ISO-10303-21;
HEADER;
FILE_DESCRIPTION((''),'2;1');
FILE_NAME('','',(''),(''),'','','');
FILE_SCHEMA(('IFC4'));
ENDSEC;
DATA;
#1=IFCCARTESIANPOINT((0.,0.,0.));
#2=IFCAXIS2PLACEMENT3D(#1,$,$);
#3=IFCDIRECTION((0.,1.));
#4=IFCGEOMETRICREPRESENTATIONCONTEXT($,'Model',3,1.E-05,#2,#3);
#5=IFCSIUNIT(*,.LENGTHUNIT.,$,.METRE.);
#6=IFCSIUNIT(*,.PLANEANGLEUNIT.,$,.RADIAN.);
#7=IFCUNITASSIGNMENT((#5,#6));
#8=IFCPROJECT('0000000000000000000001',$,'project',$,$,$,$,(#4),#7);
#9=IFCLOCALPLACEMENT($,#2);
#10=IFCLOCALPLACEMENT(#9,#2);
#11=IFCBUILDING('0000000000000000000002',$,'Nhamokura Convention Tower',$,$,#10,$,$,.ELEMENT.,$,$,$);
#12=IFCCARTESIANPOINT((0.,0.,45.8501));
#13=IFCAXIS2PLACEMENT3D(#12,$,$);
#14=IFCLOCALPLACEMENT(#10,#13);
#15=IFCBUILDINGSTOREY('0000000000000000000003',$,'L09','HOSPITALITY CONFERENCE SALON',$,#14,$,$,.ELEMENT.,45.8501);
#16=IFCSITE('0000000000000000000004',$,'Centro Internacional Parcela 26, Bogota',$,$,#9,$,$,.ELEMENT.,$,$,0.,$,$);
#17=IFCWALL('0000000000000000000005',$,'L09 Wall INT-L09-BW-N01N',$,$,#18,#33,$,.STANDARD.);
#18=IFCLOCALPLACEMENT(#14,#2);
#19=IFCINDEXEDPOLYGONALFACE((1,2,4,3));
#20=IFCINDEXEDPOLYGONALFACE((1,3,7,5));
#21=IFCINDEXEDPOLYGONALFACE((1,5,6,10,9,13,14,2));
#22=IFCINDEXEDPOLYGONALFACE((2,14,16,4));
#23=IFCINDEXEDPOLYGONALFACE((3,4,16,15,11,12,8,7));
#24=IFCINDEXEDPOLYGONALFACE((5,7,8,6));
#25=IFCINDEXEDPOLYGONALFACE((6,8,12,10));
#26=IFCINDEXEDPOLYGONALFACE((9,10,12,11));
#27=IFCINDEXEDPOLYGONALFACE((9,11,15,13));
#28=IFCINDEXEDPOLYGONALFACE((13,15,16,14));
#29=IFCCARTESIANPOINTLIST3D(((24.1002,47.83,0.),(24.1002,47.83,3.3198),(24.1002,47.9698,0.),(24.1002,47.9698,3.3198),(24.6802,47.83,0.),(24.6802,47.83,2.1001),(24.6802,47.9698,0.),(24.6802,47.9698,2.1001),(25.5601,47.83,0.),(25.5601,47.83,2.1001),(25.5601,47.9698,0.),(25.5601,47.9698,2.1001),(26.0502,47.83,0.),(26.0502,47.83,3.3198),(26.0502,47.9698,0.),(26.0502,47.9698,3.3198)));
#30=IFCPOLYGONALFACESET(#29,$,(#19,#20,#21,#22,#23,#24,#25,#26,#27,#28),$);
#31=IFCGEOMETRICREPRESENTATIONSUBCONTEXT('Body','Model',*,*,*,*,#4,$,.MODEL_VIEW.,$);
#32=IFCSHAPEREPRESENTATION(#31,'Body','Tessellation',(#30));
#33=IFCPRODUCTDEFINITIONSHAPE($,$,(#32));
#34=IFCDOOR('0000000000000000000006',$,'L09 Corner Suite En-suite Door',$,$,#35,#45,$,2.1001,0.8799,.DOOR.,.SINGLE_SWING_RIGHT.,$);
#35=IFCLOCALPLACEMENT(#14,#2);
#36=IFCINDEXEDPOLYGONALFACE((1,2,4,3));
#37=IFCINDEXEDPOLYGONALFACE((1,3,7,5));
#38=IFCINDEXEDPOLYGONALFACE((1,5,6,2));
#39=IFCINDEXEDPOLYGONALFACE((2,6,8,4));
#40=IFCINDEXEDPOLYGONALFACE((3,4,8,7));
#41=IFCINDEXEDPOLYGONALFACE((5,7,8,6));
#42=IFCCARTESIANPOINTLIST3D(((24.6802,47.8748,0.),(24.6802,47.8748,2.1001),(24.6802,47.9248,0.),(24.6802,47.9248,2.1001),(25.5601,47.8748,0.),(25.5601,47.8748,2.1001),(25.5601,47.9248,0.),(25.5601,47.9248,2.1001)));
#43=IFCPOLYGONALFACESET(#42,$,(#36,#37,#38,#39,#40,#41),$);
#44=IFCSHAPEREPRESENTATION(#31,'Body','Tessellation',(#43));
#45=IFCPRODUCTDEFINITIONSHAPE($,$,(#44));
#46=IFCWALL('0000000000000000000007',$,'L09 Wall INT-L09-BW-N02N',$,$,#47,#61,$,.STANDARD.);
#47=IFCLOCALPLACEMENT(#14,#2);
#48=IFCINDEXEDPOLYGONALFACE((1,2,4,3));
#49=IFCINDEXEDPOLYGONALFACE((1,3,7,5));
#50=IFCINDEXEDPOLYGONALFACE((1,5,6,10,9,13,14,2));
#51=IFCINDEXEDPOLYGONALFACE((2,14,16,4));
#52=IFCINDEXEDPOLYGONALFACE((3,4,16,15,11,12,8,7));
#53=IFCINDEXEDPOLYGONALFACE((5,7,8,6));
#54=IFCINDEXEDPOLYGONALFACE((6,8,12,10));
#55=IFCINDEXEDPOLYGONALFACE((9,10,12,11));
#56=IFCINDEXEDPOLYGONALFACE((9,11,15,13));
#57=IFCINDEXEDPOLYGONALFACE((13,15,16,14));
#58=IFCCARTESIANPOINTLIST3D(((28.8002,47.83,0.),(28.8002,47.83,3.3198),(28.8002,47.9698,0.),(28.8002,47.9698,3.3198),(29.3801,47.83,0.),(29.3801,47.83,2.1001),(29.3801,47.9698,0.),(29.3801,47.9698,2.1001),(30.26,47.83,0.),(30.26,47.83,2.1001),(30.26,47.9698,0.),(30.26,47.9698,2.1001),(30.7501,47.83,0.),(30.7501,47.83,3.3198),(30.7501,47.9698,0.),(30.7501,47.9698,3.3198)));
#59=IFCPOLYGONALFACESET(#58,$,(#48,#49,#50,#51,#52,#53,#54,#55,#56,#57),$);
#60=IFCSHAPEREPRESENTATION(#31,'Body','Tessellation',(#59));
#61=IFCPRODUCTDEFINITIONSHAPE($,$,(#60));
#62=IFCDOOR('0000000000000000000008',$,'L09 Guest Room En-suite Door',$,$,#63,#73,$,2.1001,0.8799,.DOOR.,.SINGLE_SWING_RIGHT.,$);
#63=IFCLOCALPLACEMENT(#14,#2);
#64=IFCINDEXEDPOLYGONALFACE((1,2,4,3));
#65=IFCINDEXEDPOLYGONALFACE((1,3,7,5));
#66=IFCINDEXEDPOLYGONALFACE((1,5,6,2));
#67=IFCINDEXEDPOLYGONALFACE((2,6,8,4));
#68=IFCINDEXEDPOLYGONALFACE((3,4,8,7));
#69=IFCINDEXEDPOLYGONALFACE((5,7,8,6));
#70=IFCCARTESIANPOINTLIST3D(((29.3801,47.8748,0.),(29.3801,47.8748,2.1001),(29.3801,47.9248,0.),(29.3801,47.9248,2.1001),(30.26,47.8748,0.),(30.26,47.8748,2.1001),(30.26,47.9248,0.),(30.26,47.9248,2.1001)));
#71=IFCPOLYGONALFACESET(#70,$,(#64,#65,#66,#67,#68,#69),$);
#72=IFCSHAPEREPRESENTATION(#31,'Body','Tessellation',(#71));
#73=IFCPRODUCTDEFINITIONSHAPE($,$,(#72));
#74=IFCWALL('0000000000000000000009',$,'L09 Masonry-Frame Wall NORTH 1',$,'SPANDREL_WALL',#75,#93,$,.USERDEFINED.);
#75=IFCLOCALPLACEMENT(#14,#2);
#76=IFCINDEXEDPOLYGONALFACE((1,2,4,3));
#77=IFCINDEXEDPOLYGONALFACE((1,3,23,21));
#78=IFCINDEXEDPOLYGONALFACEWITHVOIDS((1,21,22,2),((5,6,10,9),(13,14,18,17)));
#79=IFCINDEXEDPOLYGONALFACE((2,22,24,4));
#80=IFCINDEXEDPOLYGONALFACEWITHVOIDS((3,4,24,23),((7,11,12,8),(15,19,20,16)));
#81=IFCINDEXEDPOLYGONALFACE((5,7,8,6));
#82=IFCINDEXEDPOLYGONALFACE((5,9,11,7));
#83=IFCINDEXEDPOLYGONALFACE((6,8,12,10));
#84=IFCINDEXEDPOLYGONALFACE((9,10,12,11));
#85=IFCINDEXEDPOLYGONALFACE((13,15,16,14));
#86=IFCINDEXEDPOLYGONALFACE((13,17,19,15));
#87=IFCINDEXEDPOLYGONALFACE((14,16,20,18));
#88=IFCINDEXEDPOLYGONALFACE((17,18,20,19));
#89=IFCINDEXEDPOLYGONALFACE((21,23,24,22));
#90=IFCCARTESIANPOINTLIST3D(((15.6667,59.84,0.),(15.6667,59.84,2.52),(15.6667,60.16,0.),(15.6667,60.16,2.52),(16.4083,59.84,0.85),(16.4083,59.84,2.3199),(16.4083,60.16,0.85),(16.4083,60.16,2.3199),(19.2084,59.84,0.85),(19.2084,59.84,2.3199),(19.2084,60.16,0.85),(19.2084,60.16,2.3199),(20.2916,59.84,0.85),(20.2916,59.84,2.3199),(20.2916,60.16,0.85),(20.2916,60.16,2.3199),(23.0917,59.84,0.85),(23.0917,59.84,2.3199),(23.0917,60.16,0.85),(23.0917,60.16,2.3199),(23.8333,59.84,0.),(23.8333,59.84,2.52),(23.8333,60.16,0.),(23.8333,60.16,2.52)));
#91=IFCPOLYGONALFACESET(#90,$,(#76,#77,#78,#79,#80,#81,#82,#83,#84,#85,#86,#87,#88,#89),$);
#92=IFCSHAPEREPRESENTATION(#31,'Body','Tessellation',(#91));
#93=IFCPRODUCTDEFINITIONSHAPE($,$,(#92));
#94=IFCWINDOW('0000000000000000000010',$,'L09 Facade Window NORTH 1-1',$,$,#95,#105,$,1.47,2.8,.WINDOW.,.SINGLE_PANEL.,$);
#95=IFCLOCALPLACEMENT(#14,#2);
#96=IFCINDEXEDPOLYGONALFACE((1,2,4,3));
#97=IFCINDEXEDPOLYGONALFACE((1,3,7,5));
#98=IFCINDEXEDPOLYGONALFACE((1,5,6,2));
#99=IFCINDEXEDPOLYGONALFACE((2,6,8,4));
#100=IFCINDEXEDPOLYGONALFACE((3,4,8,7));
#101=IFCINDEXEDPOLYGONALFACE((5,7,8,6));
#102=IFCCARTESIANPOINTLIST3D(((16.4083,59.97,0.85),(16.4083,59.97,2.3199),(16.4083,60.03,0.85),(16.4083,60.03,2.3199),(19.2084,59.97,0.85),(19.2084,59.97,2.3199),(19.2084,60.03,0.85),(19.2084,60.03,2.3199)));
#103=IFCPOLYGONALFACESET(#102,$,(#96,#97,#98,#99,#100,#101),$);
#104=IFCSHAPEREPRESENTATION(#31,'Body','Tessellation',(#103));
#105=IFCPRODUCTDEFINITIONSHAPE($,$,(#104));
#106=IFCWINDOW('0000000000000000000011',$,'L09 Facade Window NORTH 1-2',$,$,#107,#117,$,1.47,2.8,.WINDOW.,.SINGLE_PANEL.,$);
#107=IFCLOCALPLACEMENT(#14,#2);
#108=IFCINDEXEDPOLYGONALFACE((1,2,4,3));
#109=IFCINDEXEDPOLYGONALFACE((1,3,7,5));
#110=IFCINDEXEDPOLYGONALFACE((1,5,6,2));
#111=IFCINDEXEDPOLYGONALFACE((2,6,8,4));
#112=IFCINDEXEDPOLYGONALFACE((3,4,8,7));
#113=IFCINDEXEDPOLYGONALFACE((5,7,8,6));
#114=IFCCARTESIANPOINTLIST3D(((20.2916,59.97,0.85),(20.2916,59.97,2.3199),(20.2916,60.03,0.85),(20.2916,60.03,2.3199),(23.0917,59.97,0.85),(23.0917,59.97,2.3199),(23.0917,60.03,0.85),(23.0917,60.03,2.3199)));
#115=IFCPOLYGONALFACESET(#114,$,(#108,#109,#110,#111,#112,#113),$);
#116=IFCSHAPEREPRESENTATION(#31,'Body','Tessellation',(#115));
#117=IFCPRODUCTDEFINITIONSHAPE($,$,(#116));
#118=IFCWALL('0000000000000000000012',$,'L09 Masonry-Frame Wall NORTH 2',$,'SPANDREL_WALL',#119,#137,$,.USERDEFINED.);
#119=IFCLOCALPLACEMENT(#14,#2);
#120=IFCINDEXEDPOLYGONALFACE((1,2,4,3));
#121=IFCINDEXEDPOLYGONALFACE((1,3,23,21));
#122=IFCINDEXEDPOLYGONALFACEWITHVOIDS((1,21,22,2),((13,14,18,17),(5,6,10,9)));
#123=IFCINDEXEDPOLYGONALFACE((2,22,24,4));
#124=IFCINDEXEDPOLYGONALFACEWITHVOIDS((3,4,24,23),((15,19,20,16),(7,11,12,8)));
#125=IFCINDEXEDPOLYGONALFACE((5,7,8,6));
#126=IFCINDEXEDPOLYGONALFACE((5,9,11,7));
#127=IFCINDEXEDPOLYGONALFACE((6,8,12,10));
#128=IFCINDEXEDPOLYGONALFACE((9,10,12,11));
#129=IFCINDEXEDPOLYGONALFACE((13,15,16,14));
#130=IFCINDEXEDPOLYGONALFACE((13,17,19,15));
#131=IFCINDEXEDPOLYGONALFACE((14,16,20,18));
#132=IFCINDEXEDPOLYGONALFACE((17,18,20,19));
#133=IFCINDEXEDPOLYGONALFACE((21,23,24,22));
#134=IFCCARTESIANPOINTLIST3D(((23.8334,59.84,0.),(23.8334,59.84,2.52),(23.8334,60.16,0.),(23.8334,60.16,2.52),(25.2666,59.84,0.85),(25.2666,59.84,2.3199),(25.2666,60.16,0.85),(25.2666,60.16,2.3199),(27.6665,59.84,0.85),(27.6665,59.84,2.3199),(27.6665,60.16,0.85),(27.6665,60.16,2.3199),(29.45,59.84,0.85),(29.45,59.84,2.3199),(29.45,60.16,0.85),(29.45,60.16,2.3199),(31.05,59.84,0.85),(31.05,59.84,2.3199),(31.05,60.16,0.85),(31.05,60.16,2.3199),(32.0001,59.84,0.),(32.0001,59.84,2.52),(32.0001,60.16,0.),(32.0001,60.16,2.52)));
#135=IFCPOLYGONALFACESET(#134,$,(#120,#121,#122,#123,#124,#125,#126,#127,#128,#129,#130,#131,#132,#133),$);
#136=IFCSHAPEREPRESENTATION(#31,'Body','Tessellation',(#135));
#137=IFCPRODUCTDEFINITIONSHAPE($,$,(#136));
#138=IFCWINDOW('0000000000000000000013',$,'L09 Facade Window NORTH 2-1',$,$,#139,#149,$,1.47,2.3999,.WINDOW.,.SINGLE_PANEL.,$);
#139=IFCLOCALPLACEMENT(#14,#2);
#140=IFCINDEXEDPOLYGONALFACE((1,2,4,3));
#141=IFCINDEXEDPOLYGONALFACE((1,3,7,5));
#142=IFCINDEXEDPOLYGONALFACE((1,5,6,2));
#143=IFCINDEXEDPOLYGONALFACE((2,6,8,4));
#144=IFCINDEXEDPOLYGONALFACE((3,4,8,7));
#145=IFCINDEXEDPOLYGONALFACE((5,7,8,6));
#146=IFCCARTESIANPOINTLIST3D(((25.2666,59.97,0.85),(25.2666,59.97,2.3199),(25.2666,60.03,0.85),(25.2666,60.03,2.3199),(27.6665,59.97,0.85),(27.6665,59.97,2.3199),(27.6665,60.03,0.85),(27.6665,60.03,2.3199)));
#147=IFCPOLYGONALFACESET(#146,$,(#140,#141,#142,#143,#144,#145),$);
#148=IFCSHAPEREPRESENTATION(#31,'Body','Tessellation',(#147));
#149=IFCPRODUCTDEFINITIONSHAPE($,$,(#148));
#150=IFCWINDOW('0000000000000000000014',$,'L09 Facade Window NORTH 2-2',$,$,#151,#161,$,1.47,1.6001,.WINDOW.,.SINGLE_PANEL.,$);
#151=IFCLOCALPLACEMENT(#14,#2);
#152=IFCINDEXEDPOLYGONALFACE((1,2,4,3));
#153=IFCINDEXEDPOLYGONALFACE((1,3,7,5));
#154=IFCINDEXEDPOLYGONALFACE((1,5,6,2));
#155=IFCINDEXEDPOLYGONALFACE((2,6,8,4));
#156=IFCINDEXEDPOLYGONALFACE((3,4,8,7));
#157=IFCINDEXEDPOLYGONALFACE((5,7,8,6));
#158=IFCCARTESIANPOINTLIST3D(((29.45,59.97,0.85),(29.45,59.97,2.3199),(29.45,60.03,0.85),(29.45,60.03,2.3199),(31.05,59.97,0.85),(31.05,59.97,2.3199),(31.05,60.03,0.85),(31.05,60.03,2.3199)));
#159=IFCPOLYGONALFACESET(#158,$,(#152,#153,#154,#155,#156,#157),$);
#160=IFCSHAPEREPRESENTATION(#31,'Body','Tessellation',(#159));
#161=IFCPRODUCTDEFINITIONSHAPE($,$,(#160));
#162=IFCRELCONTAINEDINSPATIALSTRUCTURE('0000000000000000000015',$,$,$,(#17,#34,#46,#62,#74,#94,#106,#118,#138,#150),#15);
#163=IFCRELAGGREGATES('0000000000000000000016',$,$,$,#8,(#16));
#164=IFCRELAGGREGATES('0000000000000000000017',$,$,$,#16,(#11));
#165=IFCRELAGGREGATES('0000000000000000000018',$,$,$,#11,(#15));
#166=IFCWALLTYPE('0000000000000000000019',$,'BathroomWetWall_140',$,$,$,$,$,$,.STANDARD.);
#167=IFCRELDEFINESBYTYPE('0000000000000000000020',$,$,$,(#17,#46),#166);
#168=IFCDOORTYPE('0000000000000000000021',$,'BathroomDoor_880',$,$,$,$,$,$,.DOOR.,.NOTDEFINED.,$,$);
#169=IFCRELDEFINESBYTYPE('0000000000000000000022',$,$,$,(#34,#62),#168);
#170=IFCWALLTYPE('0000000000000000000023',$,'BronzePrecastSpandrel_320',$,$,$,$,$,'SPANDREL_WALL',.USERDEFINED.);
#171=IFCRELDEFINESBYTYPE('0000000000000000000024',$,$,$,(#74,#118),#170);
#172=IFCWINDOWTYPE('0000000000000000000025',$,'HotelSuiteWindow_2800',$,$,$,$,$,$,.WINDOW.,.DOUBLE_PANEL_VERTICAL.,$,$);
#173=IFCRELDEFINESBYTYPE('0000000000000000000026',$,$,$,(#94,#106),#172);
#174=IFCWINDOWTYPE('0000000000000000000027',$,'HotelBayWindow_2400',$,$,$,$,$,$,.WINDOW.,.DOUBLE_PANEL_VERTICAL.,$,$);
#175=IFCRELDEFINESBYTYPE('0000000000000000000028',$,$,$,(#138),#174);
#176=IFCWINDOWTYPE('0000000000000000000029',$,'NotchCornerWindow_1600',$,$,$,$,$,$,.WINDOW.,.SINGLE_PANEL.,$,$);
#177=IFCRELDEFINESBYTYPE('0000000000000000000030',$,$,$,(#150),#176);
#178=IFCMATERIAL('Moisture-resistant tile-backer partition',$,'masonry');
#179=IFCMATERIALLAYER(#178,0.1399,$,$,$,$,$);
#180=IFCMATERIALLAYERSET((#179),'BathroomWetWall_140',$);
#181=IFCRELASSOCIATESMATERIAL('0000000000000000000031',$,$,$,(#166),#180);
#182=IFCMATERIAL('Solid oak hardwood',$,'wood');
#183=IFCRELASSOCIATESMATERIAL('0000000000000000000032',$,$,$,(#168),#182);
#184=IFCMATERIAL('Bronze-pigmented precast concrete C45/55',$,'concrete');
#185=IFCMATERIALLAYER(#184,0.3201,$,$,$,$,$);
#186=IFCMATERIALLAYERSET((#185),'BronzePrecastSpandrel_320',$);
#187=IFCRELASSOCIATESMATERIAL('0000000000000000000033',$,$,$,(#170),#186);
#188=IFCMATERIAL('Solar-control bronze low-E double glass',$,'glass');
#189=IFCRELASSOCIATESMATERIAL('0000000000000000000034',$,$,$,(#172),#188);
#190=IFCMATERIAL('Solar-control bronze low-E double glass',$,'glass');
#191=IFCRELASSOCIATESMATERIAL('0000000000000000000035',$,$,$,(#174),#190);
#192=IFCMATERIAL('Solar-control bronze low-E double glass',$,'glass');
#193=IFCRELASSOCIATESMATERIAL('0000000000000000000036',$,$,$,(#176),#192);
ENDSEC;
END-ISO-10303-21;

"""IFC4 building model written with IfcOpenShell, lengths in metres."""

from ifc_helpers import new_model, si_unit, direction, frame, frame_2d, origin, place, context, subcontext, project, spatial, rectangle, extrude, material, layer, layer_set, type_object, element, fill, save


model = new_model("IFC4")

# Units and contexts
model_context = context("Model", 3, precision=1e-05, world=origin(), true_north=direction((0.0, 1.0)))
body_context = subcontext(model_context, "Body", "Model", "MODEL_VIEW")
ifc_project = project(units=[si_unit("LENGTHUNIT", "METRE"), si_unit("PLANEANGLEUNIT", "RADIAN")], contexts=[model_context])

# Site, building, storey
site_placement = place(None, origin())
site = spatial("IfcSite", under=ifc_project, at=site_placement, Name="Centro Internacional Parcela 26, Bogota", CompositionType="ELEMENT", RefElevation=0.0)
building_placement = place(site_placement, origin())
building = spatial("IfcBuilding", under=site, at=building_placement, Name="Nhamokura Convention Tower", CompositionType="ELEMENT")
storey_placement = place(building_placement, frame((0.0, 0.0, 45.8501)))
storey = spatial("IfcBuildingStorey", under=building, at=storey_placement, Name="L09", Description="HOSPITALITY CONFERENCE SALON", CompositionType="ELEMENT", Elevation=45.8501)

# Shared definitions
ifc_material_1 = material(Name="Moisture-resistant tile-backer partition", Category="masonry")
ifc_layer_1 = layer(ifc_material_1, 0.1399)
ifc_layer_set_1 = layer_set([ifc_layer_1], Name="BathroomWetWall_140")
wall_type_1 = type_object("IfcWallType", Name="BathroomWetWall_140", PredefinedType="STANDARD", material=ifc_layer_set_1)

# Walls, openings, doors
wall_1_placement = place(storey_placement, frame((24.1001, 47.8999, 0.0), z_axis=(0.0, 0.0, 1.0), x_axis=(1.0, 0.0, 0.0)))
wall_1 = element("IfcWall", 1, at=wall_1_placement, inside=storey, type_object=wall_type_1, Name="L09 Wall INT-L09-BW-N01N", PredefinedType="STANDARD", context=body_context, shape_type="SweptSolid", body=[
    extrude(rectangle(XDim=1.95, YDim=0.1399, at=frame_2d((0.9751, 0.0))), origin(), (0.0, 0.0, 1.0), 3.3198),
])
opening_1_placement = place(wall_1_placement, frame((0.5801, 0.0, 0.0)))
opening_1 = element("IfcOpeningElement", 2, at=opening_1_placement, cuts=wall_1, PredefinedType="OPENING", context=body_context, shape_type="SweptSolid", body=[
    extrude(rectangle(XDim=0.8799, YDim=2.1001, at=frame_2d((0.4399, 1.05))), frame((0.0, 0.0798, 0.0), z_axis=(0.0, -1.0, 0.0), x_axis=(1.0, 0.0, 0.0)), (0.0, 0.0, 1.0), 0.1599),
])
ifc_material_2 = material(Name="Solid oak hardwood", Category="wood")
door_type_1 = type_object("IfcDoorType", Name="BathroomDoor_880", OperationType="NOTDEFINED", PredefinedType="DOOR", material=ifc_material_2)
door_1_placement = place(opening_1_placement, origin())
door_1 = element("IfcDoor", 3, at=door_1_placement, inside=storey, type_object=door_type_1, Name="L09 Corner Suite En-suite Door", OperationType="SINGLE_SWING_RIGHT", OverallHeight=2.1001, OverallWidth=0.8799, PredefinedType="DOOR", context=body_context, shape_type="SweptSolid", body=[
    extrude(rectangle(XDim=0.8799, YDim=2.1001, at=frame_2d((0.4399, 1.05))), frame((0.0, 0.0249, 0.0), z_axis=(0.0, -1.0, 0.0), x_axis=(1.0, 0.0, 0.0)), (0.0, 0.0, 1.0), 0.05),
])
fill(opening_1, door_1)
wall_2_placement = place(storey_placement, frame((28.8, 47.8999, 0.0), z_axis=(0.0, 0.0, 1.0), x_axis=(1.0, 0.0, 0.0)))
wall_2 = element("IfcWall", 4, at=wall_2_placement, inside=storey, type_object=wall_type_1, Name="L09 Wall INT-L09-BW-N02N", PredefinedType="STANDARD", context=body_context, shape_type="SweptSolid", body=[
    extrude(rectangle(XDim=1.95, YDim=0.1399, at=frame_2d((0.9751, 0.0))), origin(), (0.0, 0.0, 1.0), 3.3198),
])
opening_2_placement = place(wall_2_placement, frame((0.5801, 0.0, 0.0)))
opening_2 = element("IfcOpeningElement", 5, at=opening_2_placement, cuts=wall_2, PredefinedType="OPENING", context=body_context, shape_type="SweptSolid", body=[
    extrude(rectangle(XDim=0.8799, YDim=2.1001, at=frame_2d((0.4399, 1.05))), frame((0.0, 0.0798, 0.0), z_axis=(0.0, -1.0, 0.0), x_axis=(1.0, 0.0, 0.0)), (0.0, 0.0, 1.0), 0.1599),
])
door_2_placement = place(opening_2_placement, origin())
door_2 = element("IfcDoor", 6, at=door_2_placement, inside=storey, type_object=door_type_1, Name="L09 Guest Room En-suite Door", OperationType="SINGLE_SWING_RIGHT", OverallHeight=2.1001, OverallWidth=0.8799, PredefinedType="DOOR", context=body_context, shape_type="SweptSolid", body=[
    extrude(rectangle(XDim=0.8799, YDim=2.1001, at=frame_2d((0.4399, 1.05))), frame((0.0, 0.0249, 0.0), z_axis=(0.0, -1.0, 0.0), x_axis=(1.0, 0.0, 0.0)), (0.0, 0.0, 1.0), 0.05),
])
fill(opening_2, door_2)

# Walls, openings, windows
ifc_material_3 = material(Name="Bronze-pigmented precast concrete C45/55", Category="concrete")
ifc_layer_2 = layer(ifc_material_3, 0.3201)
ifc_layer_set_2 = layer_set([ifc_layer_2], Name="BronzePrecastSpandrel_320")
wall_type_2 = type_object("IfcWallType", Name="BronzePrecastSpandrel_320", ElementType="SPANDREL_WALL", PredefinedType="USERDEFINED", material=ifc_layer_set_2)
wall_3_placement = place(storey_placement, frame((15.6667, 60.0, 0.0), z_axis=(0.0, 0.0, 1.0), x_axis=(1.0, 0.0, 0.0)))
wall_3 = element("IfcWall", 7, at=wall_3_placement, inside=storey, type_object=wall_type_2, Name="L09 Masonry-Frame Wall NORTH 1", ObjectType="SPANDREL_WALL", PredefinedType="USERDEFINED", context=body_context, shape_type="SweptSolid", body=[
    extrude(rectangle(XDim=8.1665, YDim=0.3201, at=frame_2d((4.0833, 0.0))), origin(), (0.0, 0.0, 1.0), 2.52),
])
opening_3_placement = place(wall_3_placement, frame((0.7417, 0.0, 0.8501)))
opening_3 = element("IfcOpeningElement", 8, at=opening_3_placement, cuts=wall_3, PredefinedType="OPENING", context=body_context, shape_type="SweptSolid", body=[
    extrude(rectangle(XDim=2.8, YDim=1.47, at=frame_2d((1.3999, 0.7349))), frame((0.0, 0.1699, 0.0), z_axis=(0.0, -1.0, 0.0), x_axis=(1.0, 0.0, 0.0)), (0.0, 0.0, 1.0), 0.3401),
])
opening_4_placement = place(wall_3_placement, frame((4.625, 0.0, 0.8501)))
opening_4 = element("IfcOpeningElement", 9, at=opening_4_placement, cuts=wall_3, PredefinedType="OPENING", context=body_context, shape_type="SweptSolid", body=[
    extrude(rectangle(XDim=2.8, YDim=1.47, at=frame_2d((1.3999, 0.7349))), frame((0.0, 0.1699, 0.0), z_axis=(0.0, -1.0, 0.0), x_axis=(1.0, 0.0, 0.0)), (0.0, 0.0, 1.0), 0.3401),
])
ifc_material_4 = material(Name="Solar-control bronze low-E double glass", Category="glass")
window_type_1 = type_object("IfcWindowType", Name="HotelSuiteWindow_2800", PartitioningType="DOUBLE_PANEL_VERTICAL", PredefinedType="WINDOW", material=ifc_material_4)
window_1_placement = place(opening_3_placement, origin())
window_1 = element("IfcWindow", 10, at=window_1_placement, inside=storey, type_object=window_type_1, Name="L09 Facade Window NORTH 1-1", OverallHeight=1.47, OverallWidth=2.8, PartitioningType="SINGLE_PANEL", PredefinedType="WINDOW", context=body_context, shape_type="SweptSolid", body=[
    extrude(rectangle(XDim=2.8, YDim=1.47, at=frame_2d((1.3999, 0.7349))), frame((0.0, 0.03, 0.0), z_axis=(0.0, -1.0, 0.0), x_axis=(1.0, 0.0, 0.0)), (0.0, 0.0, 1.0), 0.0601),
])
fill(opening_3, window_1)
window_2_placement = place(opening_4_placement, origin())
window_2 = element("IfcWindow", 11, at=window_2_placement, inside=storey, type_object=window_type_1, Name="L09 Facade Window NORTH 1-2", OverallHeight=1.47, OverallWidth=2.8, PartitioningType="SINGLE_PANEL", PredefinedType="WINDOW", context=body_context, shape_type="SweptSolid", body=[
    extrude(rectangle(XDim=2.8, YDim=1.47, at=frame_2d((1.3999, 0.7349))), frame((0.0, 0.03, 0.0), z_axis=(0.0, -1.0, 0.0), x_axis=(1.0, 0.0, 0.0)), (0.0, 0.0, 1.0), 0.0601),
])
fill(opening_4, window_2)
wall_4_placement = place(storey_placement, frame((23.8333, 60.0, 0.0), z_axis=(0.0, 0.0, 1.0), x_axis=(1.0, 0.0, 0.0)))
wall_4 = element("IfcWall", 12, at=wall_4_placement, inside=storey, type_object=wall_type_2, Name="L09 Masonry-Frame Wall NORTH 2", ObjectType="SPANDREL_WALL", PredefinedType="USERDEFINED", context=body_context, shape_type="SweptSolid", body=[
    extrude(rectangle(XDim=8.1667, YDim=0.3201, at=frame_2d((4.0835, 0.0))), origin(), (0.0, 0.0, 1.0), 2.52),
])
opening_5_placement = place(wall_4_placement, frame((1.4333, 0.0, 0.8501)))
opening_5 = element("IfcOpeningElement", 13, at=opening_5_placement, cuts=wall_4, PredefinedType="OPENING", context=body_context, shape_type="SweptSolid", body=[
    extrude(rectangle(XDim=2.3999, YDim=1.47, at=frame_2d((1.2, 0.7349))), frame((0.0, 0.1699, 0.0), z_axis=(0.0, -1.0, 0.0), x_axis=(1.0, 0.0, 0.0)), (0.0, 0.0, 1.0), 0.3401),
])
opening_6_placement = place(wall_4_placement, frame((5.6167, 0.0, 0.8501)))
opening_6 = element("IfcOpeningElement", 14, at=opening_6_placement, cuts=wall_4, PredefinedType="OPENING", context=body_context, shape_type="SweptSolid", body=[
    extrude(rectangle(XDim=1.6001, YDim=1.47, at=frame_2d((0.8, 0.7349))), frame((0.0, 0.1699, 0.0), z_axis=(0.0, -1.0, 0.0), x_axis=(1.0, 0.0, 0.0)), (0.0, 0.0, 1.0), 0.3401),
])
ifc_material_5 = material(Name="Solar-control bronze low-E double glass", Category="glass")
window_type_2 = type_object("IfcWindowType", Name="HotelBayWindow_2400", PartitioningType="DOUBLE_PANEL_VERTICAL", PredefinedType="WINDOW", material=ifc_material_5)
window_3_placement = place(opening_5_placement, origin())
window_3 = element("IfcWindow", 15, at=window_3_placement, inside=storey, type_object=window_type_2, Name="L09 Facade Window NORTH 2-1", OverallHeight=1.47, OverallWidth=2.3999, PartitioningType="SINGLE_PANEL", PredefinedType="WINDOW", context=body_context, shape_type="SweptSolid", body=[
    extrude(rectangle(XDim=2.3999, YDim=1.47, at=frame_2d((1.2, 0.7349))), frame((0.0, 0.03, 0.0), z_axis=(0.0, -1.0, 0.0), x_axis=(1.0, 0.0, 0.0)), (0.0, 0.0, 1.0), 0.0601),
])
fill(opening_5, window_3)
ifc_material_6 = material(Name="Solar-control bronze low-E double glass", Category="glass")
window_type_3 = type_object("IfcWindowType", Name="NotchCornerWindow_1600", PartitioningType="SINGLE_PANEL", PredefinedType="WINDOW", material=ifc_material_6)
window_4_placement = place(opening_6_placement, origin())
window_4 = element("IfcWindow", 16, at=window_4_placement, inside=storey, type_object=window_type_3, Name="L09 Facade Window NORTH 2-2", OverallHeight=1.47, OverallWidth=1.6001, PartitioningType="SINGLE_PANEL", PredefinedType="WINDOW", context=body_context, shape_type="SweptSolid", body=[
    extrude(rectangle(XDim=1.6001, YDim=1.47, at=frame_2d((0.8, 0.7349))), frame((0.0, 0.03, 0.0), z_axis=(0.0, -1.0, 0.0), x_axis=(1.0, 0.0, 0.0)), (0.0, 0.0, 1.0), 0.0601),
])
fill(opening_6, window_4)

save(model, "model.ifc")
